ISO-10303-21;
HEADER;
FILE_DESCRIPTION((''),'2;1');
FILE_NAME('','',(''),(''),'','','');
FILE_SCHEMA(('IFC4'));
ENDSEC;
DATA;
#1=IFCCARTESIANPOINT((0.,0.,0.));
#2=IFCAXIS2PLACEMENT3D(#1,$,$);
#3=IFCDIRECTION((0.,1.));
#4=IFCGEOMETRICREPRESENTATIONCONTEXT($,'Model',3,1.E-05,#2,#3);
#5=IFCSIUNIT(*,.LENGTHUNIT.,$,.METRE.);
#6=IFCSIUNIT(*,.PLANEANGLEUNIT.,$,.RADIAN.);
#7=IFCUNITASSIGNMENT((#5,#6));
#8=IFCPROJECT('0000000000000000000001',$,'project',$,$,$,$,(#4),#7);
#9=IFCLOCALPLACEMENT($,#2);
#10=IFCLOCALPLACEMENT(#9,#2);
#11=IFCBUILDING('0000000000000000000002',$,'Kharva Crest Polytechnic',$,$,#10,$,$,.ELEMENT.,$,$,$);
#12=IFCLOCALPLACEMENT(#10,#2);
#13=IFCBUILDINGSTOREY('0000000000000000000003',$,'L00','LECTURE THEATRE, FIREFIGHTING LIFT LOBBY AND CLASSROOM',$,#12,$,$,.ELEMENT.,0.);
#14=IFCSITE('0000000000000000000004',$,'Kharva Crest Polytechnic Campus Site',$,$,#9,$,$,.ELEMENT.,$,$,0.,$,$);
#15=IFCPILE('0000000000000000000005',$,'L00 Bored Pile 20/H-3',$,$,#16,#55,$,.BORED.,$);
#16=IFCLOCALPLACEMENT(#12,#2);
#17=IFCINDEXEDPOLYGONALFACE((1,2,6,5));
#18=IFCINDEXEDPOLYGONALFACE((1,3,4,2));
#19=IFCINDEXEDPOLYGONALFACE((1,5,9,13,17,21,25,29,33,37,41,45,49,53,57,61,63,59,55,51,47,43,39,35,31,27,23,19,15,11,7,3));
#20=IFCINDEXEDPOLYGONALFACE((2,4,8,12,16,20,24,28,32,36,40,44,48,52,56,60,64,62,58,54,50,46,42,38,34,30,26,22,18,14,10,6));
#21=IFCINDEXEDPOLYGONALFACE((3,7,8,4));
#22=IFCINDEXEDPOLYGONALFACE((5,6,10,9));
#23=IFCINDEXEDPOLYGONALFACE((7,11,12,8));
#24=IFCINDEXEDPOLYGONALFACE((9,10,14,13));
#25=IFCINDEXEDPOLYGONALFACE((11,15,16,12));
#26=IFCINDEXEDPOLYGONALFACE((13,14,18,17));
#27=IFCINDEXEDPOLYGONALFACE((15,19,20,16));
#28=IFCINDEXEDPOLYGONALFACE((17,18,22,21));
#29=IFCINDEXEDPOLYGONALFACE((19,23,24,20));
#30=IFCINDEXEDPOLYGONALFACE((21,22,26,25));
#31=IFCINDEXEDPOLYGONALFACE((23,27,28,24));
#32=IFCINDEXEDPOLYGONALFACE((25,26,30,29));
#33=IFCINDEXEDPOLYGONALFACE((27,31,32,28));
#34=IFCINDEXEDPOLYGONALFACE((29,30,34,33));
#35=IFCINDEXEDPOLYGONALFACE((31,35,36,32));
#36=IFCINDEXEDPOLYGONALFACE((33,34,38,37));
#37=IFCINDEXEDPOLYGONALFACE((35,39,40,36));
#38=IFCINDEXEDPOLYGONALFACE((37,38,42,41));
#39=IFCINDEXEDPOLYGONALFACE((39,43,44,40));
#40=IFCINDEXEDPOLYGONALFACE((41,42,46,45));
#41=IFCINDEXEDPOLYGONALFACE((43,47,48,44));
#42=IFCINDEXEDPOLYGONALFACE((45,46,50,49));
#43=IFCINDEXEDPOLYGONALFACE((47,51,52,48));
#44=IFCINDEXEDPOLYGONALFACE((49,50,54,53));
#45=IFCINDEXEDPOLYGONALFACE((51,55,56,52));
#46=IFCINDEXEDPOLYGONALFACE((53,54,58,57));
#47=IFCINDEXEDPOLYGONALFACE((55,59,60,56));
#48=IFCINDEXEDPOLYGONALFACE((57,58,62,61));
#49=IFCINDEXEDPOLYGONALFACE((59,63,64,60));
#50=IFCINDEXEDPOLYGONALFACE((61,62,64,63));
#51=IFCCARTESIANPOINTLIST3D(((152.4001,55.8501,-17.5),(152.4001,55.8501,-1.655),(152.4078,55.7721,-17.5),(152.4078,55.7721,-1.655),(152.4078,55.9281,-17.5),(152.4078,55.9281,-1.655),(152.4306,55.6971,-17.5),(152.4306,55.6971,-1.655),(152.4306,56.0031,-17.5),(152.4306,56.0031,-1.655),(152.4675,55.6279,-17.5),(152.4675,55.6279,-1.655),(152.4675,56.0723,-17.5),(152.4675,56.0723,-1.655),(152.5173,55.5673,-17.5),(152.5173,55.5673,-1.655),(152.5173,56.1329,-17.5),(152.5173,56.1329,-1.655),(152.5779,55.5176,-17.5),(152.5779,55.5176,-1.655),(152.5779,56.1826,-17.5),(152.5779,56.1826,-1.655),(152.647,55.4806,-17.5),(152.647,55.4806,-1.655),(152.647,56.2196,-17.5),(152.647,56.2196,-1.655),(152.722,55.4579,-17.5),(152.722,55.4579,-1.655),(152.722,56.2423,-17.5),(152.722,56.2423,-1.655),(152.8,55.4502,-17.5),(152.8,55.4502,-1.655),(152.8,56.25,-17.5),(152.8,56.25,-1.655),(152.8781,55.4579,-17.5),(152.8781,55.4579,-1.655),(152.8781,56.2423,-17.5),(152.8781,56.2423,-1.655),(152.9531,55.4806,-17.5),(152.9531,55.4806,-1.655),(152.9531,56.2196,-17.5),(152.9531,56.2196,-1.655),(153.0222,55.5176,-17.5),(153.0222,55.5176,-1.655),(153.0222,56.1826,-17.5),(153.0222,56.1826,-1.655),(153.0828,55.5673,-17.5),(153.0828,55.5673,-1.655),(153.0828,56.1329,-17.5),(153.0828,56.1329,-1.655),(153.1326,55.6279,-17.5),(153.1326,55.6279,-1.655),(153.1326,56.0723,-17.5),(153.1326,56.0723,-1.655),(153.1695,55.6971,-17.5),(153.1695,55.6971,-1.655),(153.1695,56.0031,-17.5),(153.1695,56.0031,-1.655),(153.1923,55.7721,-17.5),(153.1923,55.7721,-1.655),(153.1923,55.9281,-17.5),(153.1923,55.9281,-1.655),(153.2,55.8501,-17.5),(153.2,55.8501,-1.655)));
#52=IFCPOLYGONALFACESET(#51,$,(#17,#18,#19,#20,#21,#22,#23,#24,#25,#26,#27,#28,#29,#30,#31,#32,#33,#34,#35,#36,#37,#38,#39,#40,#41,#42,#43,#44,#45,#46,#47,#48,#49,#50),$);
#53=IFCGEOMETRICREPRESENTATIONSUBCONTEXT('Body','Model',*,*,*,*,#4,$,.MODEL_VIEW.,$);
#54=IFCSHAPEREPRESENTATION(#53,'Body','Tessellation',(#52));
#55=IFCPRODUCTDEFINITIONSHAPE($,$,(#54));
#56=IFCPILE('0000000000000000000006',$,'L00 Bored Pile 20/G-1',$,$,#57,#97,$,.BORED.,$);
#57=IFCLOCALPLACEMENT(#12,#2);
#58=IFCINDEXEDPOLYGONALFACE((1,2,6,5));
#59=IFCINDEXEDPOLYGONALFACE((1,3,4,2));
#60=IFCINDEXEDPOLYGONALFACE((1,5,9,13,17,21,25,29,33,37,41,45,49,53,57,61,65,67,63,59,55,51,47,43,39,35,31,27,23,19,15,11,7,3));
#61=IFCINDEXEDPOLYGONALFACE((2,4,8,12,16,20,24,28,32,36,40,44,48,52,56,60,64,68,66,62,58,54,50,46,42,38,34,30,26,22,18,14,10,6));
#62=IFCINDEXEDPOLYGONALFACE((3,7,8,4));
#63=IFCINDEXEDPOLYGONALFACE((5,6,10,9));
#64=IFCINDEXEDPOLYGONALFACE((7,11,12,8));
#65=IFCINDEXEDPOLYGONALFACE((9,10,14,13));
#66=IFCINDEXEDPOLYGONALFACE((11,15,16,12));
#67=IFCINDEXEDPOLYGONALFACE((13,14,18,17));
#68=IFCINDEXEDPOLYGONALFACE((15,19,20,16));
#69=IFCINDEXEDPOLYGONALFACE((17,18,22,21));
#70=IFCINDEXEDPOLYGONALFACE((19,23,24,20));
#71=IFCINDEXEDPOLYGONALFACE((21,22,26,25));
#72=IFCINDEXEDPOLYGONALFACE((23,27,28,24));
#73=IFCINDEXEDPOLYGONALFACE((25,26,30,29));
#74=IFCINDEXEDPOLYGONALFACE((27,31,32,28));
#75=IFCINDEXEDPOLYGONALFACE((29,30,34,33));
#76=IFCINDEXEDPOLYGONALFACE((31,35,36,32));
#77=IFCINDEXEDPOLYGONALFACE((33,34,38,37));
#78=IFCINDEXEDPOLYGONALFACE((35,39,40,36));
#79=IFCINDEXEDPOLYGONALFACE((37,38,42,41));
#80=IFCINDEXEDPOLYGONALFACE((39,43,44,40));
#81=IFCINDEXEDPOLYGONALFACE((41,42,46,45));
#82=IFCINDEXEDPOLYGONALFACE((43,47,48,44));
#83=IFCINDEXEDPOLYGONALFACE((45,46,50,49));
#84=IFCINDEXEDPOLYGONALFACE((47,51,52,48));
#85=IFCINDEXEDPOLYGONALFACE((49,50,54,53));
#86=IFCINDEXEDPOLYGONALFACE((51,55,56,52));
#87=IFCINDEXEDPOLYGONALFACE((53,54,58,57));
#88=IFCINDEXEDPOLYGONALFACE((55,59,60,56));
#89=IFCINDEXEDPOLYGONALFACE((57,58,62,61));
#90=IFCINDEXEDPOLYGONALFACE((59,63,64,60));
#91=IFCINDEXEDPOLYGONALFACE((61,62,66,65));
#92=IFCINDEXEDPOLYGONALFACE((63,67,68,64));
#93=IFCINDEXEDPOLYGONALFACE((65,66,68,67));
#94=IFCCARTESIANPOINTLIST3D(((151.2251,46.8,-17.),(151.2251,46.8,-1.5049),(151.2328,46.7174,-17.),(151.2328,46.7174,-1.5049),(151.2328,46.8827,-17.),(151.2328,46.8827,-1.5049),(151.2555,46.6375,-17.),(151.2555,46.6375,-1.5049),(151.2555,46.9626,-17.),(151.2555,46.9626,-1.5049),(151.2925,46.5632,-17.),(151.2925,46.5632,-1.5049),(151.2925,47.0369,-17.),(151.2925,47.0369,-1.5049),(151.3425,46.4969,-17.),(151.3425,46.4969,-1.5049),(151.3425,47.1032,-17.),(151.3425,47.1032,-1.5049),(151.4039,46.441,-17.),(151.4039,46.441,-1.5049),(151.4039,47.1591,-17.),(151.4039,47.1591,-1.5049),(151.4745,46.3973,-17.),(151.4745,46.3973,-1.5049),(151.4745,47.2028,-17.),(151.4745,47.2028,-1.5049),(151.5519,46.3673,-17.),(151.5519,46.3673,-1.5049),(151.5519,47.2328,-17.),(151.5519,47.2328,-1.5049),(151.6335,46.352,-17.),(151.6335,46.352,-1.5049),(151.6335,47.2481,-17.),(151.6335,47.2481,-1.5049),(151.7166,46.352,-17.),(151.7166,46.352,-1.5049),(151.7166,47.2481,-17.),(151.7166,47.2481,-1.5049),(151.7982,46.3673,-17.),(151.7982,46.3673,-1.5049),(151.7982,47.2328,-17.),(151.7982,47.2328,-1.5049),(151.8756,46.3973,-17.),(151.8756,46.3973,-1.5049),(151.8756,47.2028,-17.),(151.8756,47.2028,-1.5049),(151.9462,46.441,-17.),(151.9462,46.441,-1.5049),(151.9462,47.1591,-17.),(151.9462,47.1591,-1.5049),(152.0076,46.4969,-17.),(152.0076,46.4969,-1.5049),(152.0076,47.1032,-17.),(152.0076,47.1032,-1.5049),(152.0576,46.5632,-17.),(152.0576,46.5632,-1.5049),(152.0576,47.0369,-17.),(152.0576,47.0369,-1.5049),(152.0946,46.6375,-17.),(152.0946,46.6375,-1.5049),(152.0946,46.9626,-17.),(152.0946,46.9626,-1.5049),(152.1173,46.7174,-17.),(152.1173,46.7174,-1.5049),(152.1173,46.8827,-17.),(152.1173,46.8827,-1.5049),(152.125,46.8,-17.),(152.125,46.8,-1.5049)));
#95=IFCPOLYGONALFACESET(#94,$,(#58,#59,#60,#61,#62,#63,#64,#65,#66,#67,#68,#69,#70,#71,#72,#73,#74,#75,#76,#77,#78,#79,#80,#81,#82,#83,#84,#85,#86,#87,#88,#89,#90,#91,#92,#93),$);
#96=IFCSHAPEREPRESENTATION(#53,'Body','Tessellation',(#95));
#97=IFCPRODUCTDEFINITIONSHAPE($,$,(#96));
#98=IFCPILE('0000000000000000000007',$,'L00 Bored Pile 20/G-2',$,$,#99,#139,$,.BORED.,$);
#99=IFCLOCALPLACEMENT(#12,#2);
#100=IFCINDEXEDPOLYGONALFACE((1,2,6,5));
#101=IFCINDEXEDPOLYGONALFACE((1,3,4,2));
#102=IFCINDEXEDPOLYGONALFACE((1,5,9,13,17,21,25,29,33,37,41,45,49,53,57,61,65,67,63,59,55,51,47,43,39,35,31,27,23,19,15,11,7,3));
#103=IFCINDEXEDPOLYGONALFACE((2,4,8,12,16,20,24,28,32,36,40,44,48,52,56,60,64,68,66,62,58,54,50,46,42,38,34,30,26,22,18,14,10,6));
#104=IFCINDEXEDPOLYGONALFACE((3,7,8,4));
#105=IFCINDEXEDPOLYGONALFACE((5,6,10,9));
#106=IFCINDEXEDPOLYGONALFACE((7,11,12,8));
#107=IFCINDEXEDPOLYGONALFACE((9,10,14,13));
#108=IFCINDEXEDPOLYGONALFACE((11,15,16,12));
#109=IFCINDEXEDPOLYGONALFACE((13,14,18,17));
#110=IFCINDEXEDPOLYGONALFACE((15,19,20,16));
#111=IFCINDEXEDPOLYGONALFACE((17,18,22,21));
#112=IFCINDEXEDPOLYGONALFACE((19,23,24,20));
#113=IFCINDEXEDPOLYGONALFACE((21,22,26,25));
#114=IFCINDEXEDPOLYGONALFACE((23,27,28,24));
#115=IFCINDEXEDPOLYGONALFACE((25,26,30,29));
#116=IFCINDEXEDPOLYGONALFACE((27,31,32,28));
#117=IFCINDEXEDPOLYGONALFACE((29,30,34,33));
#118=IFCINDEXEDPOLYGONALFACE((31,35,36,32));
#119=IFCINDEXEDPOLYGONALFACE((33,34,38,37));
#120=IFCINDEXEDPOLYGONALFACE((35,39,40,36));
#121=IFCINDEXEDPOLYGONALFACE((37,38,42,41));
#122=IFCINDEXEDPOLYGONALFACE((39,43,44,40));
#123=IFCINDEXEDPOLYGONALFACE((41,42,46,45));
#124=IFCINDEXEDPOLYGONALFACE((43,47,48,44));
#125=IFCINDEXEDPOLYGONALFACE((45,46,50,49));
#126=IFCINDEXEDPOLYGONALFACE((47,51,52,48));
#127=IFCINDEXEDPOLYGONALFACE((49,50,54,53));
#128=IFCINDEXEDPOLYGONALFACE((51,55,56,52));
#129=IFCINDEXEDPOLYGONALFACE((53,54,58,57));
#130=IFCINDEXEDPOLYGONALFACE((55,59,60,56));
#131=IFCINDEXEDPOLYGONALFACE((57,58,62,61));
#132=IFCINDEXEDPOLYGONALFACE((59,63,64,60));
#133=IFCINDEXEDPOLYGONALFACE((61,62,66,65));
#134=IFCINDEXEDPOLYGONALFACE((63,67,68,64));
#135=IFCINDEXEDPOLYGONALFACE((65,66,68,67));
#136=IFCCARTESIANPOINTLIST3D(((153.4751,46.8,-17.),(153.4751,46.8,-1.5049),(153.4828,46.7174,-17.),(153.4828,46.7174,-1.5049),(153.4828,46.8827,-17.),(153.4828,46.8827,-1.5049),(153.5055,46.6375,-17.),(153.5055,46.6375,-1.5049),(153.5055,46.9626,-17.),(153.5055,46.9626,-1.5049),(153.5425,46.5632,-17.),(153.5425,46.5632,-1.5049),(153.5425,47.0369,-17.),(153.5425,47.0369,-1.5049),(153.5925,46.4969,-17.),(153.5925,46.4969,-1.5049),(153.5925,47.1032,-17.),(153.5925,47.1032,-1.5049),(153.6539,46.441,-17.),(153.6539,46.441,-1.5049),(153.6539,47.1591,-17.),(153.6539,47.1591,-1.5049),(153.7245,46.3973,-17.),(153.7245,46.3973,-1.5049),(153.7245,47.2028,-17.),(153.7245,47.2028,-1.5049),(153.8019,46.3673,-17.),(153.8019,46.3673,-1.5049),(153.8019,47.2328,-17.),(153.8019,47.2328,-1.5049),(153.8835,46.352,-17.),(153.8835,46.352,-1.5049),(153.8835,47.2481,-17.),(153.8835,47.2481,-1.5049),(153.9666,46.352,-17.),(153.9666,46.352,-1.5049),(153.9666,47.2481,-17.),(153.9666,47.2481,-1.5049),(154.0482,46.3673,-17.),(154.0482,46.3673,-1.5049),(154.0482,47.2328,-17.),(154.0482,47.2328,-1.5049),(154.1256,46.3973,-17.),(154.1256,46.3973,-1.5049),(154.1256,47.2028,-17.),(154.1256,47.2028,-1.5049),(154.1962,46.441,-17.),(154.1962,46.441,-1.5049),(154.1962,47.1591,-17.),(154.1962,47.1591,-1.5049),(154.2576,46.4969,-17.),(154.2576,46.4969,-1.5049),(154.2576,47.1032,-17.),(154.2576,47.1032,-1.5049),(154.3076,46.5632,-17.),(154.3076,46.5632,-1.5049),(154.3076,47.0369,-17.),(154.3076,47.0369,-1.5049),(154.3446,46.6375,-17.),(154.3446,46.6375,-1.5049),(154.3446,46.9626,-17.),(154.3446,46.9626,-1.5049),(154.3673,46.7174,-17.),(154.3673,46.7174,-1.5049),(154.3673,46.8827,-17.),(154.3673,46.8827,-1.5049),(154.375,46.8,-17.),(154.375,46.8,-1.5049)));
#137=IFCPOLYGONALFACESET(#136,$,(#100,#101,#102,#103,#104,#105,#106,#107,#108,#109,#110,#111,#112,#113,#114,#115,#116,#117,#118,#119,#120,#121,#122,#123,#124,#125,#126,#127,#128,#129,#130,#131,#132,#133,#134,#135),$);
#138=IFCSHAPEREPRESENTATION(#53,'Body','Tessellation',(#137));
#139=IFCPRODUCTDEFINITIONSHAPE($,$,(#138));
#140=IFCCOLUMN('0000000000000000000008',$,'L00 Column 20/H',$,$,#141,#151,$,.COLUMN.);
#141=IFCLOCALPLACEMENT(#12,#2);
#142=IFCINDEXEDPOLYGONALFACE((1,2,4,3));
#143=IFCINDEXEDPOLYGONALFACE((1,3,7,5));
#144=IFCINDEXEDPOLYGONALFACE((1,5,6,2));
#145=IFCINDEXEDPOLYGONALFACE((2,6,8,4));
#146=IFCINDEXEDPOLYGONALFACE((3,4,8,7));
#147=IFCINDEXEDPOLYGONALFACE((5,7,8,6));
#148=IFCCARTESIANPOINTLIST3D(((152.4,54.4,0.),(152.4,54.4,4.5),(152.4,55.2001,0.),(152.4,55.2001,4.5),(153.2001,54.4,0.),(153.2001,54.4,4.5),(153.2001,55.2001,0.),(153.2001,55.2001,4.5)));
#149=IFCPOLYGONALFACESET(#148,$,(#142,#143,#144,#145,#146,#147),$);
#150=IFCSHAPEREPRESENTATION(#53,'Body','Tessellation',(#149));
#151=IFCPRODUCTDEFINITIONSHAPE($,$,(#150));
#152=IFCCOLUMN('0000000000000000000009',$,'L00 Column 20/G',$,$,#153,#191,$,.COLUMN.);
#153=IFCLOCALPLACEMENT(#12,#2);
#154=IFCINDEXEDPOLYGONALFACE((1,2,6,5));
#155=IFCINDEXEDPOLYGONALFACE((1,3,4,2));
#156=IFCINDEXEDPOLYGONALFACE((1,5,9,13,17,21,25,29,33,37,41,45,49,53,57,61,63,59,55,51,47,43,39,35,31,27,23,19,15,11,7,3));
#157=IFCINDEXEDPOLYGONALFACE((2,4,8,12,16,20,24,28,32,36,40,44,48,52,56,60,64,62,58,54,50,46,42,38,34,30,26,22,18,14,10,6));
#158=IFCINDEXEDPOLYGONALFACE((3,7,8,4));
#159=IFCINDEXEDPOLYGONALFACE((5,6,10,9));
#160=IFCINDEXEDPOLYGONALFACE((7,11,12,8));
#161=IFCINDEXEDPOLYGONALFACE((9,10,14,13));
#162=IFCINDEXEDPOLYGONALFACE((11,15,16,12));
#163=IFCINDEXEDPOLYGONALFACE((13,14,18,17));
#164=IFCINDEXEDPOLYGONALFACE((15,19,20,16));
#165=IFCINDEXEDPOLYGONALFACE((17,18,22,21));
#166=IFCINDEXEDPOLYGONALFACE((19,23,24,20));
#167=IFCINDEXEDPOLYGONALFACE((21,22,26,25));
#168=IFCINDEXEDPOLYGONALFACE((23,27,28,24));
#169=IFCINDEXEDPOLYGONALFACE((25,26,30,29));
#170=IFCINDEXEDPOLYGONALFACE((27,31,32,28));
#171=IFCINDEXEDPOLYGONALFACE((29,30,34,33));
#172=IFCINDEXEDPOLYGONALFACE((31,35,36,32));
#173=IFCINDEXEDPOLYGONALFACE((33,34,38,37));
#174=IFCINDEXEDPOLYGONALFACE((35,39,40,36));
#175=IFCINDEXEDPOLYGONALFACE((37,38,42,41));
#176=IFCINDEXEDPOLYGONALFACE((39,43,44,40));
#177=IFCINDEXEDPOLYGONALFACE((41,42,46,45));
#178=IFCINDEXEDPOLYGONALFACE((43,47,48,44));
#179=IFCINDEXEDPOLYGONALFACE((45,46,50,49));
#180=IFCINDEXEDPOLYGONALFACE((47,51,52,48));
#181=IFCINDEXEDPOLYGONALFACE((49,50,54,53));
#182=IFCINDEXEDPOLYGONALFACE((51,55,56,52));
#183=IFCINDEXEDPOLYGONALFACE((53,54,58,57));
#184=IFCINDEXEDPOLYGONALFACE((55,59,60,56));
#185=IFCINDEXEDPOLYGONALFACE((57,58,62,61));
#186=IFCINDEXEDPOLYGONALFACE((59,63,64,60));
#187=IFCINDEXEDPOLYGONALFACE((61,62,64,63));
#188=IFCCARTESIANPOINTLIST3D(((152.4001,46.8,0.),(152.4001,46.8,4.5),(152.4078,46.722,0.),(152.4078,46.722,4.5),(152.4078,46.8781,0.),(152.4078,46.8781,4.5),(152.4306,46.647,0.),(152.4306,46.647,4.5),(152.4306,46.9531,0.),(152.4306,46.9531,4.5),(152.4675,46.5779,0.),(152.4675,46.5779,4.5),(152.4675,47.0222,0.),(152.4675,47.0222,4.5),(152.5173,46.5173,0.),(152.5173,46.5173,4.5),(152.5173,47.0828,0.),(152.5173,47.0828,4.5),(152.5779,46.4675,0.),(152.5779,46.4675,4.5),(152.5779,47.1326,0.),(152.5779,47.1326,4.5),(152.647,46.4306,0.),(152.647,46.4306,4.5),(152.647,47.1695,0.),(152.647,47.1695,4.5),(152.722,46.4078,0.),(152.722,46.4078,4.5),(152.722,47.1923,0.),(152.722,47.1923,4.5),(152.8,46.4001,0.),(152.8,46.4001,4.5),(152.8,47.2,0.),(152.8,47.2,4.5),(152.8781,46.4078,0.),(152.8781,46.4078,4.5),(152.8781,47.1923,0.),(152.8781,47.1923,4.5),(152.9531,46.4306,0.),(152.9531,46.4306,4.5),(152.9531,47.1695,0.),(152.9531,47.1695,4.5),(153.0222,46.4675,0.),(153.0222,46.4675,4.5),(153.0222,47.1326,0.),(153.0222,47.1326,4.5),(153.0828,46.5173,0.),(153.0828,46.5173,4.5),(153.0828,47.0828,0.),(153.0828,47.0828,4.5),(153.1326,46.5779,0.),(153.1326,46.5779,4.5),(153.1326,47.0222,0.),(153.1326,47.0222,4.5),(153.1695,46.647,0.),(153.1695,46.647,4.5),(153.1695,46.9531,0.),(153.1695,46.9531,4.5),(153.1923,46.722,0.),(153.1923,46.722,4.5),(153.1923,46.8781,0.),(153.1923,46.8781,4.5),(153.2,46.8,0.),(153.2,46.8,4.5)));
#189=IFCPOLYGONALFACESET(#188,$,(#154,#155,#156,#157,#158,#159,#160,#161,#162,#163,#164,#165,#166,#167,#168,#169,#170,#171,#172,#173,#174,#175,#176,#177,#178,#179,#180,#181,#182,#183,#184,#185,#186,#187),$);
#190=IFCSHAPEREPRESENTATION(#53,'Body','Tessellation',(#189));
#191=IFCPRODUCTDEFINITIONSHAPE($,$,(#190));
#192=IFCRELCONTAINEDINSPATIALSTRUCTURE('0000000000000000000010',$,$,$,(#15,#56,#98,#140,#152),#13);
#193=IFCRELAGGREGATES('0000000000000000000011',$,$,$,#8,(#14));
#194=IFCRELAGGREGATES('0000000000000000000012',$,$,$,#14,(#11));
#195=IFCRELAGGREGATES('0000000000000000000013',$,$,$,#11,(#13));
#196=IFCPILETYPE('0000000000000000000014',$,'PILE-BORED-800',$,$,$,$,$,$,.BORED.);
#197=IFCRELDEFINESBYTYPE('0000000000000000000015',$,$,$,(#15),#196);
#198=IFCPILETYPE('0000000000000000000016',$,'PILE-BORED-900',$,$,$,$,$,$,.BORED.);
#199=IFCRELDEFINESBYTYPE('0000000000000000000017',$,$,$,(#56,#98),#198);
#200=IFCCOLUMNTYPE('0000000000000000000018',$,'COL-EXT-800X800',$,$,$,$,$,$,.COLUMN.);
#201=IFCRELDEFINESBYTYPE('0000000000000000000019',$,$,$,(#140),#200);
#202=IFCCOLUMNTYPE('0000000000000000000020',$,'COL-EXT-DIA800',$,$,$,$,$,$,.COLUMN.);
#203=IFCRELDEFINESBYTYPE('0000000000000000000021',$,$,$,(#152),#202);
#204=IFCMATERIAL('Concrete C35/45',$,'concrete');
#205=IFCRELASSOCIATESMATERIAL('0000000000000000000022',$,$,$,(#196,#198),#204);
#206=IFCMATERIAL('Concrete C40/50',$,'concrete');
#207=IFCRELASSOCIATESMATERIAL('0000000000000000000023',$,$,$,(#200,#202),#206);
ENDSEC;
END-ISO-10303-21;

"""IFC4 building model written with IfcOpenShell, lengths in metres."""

from ifc_helpers import new_model, si_unit, direction, frame, origin, origin_2d, place, context, subcontext, project, spatial, rectangle, circle, extrude, material, material_profile, profile_set, type_object, element, save


model = new_model("IFC4")

# Units and contexts
model_context = context("Model", 3, precision=1e-05, world=origin(), true_north=direction((0.0, 1.0)))
body_context = subcontext(model_context, "Body", "Model", "MODEL_VIEW")
ifc_project = project(units=[si_unit("LENGTHUNIT", "METRE"), si_unit("PLANEANGLEUNIT", "RADIAN")], contexts=[model_context])

# Site, building, storey
site_placement = place(None, origin())
site = spatial("IfcSite", under=ifc_project, at=site_placement, Name="Kharva Crest Polytechnic Campus Site", CompositionType="ELEMENT", RefElevation=0.0)
building_placement = place(site_placement, origin())
building = spatial("IfcBuilding", under=site, at=building_placement, Name="Kharva Crest Polytechnic", CompositionType="ELEMENT")
storey_placement = place(building_placement, origin())
storey = spatial("IfcBuildingStorey", under=building, at=storey_placement, Name="L00", Description="LECTURE THEATRE, FIREFIGHTING LIFT LOBBY AND CLASSROOM", CompositionType="ELEMENT", Elevation=0.0)

# Shared definitions
ifc_material_1 = material(Name="Concrete C35/45", Category="concrete")

# Piles
ifc_material_profile_1 = material_profile(ifc_material_1, circle(Radius=0.3999, at=origin_2d()), Name="DIA 800")
ifc_profile_set_1 = profile_set([ifc_material_profile_1], Name="Concrete C35/45")
pile_type_1 = type_object("IfcPileType", Name="PILE-BORED-800", PredefinedType="BORED", material=ifc_profile_set_1)
for number, where, z_axis, x_axis, name in (
    (1, (152.8, 55.8501, -1.655), (0.0, 0.0, -1.0), (1.0, 0.0, 0.0), "L00 Bored Pile 20/H-3"),
):
    element("IfcPile", number, at=place(storey_placement, frame(where, z_axis=z_axis, x_axis=x_axis)), inside=storey, type_object=pile_type_1, Name=name, PredefinedType="BORED", context=body_context, shape_type="SweptSolid", body=[
        extrude(circle(Radius=0.3999, at=origin_2d()), origin(), (0.0, 0.0, 1.0), 15.845),
    ])
ifc_material_profile_2 = material_profile(ifc_material_1, circle(Radius=0.45, at=origin_2d()), Name="DIA 900")
ifc_profile_set_2 = profile_set([ifc_material_profile_2], Name="Concrete C35/45")
pile_type_2 = type_object("IfcPileType", Name="PILE-BORED-900", PredefinedType="BORED", material=ifc_profile_set_2)
for number, where, z_axis, x_axis, name in (
    (2, (151.675, 46.8, -1.5049), (0.0, 0.0, -1.0), (1.0, 0.0, 0.0), "L00 Bored Pile 20/G-1"),
    (3, (153.925, 46.8, -1.5049), (0.0, 0.0, -1.0), (1.0, 0.0, 0.0), "L00 Bored Pile 20/G-2"),
):
    element("IfcPile", number, at=place(storey_placement, frame(where, z_axis=z_axis, x_axis=x_axis)), inside=storey, type_object=pile_type_2, Name=name, PredefinedType="BORED", context=body_context, shape_type="SweptSolid", body=[
        extrude(circle(Radius=0.45, at=origin_2d()), origin(), (0.0, 0.0, 1.0), 15.4951),
    ])

# Columns
ifc_material_2 = material(Name="Concrete C40/50", Category="concrete")
ifc_material_profile_3 = material_profile(ifc_material_2, rectangle(XDim=0.8, YDim=0.8, at=origin_2d()), Name="RECT 800 X 800")
ifc_profile_set_3 = profile_set([ifc_material_profile_3], Name="Concrete C40/50")
column_type_1 = type_object("IfcColumnType", Name="COL-EXT-800X800", PredefinedType="COLUMN", material=ifc_profile_set_3)
column_1_placement = place(storey_placement, frame((152.8, 54.8, 0.0), z_axis=(0.0, 0.0, 1.0), x_axis=(1.0, 0.0, 0.0)))
element("IfcColumn", 4, at=column_1_placement, inside=storey, type_object=column_type_1, Name="L00 Column 20/H", PredefinedType="COLUMN", context=body_context, shape_type="SweptSolid", body=[
    extrude(rectangle(XDim=0.8, YDim=0.8, at=origin_2d()), origin(), (0.0, 0.0, 1.0), 4.5),
])
ifc_material_profile_4 = material_profile(ifc_material_2, circle(Radius=0.3999, at=origin_2d()), Name="DIA 800")
ifc_profile_set_4 = profile_set([ifc_material_profile_4], Name="Concrete C40/50")
column_type_2 = type_object("IfcColumnType", Name="COL-EXT-DIA800", PredefinedType="COLUMN", material=ifc_profile_set_4)
column_2_placement = place(storey_placement, frame((152.8, 46.8, 0.0), z_axis=(0.0, 0.0, 1.0), x_axis=(1.0, 0.0, 0.0)))
element("IfcColumn", 5, at=column_2_placement, inside=storey, type_object=column_type_2, Name="L00 Column 20/G", PredefinedType="COLUMN", context=body_context, shape_type="SweptSolid", body=[
    extrude(circle(Radius=0.3999, at=origin_2d()), origin(), (0.0, 0.0, 1.0), 4.5),
])

save(model, "model.ifc")
